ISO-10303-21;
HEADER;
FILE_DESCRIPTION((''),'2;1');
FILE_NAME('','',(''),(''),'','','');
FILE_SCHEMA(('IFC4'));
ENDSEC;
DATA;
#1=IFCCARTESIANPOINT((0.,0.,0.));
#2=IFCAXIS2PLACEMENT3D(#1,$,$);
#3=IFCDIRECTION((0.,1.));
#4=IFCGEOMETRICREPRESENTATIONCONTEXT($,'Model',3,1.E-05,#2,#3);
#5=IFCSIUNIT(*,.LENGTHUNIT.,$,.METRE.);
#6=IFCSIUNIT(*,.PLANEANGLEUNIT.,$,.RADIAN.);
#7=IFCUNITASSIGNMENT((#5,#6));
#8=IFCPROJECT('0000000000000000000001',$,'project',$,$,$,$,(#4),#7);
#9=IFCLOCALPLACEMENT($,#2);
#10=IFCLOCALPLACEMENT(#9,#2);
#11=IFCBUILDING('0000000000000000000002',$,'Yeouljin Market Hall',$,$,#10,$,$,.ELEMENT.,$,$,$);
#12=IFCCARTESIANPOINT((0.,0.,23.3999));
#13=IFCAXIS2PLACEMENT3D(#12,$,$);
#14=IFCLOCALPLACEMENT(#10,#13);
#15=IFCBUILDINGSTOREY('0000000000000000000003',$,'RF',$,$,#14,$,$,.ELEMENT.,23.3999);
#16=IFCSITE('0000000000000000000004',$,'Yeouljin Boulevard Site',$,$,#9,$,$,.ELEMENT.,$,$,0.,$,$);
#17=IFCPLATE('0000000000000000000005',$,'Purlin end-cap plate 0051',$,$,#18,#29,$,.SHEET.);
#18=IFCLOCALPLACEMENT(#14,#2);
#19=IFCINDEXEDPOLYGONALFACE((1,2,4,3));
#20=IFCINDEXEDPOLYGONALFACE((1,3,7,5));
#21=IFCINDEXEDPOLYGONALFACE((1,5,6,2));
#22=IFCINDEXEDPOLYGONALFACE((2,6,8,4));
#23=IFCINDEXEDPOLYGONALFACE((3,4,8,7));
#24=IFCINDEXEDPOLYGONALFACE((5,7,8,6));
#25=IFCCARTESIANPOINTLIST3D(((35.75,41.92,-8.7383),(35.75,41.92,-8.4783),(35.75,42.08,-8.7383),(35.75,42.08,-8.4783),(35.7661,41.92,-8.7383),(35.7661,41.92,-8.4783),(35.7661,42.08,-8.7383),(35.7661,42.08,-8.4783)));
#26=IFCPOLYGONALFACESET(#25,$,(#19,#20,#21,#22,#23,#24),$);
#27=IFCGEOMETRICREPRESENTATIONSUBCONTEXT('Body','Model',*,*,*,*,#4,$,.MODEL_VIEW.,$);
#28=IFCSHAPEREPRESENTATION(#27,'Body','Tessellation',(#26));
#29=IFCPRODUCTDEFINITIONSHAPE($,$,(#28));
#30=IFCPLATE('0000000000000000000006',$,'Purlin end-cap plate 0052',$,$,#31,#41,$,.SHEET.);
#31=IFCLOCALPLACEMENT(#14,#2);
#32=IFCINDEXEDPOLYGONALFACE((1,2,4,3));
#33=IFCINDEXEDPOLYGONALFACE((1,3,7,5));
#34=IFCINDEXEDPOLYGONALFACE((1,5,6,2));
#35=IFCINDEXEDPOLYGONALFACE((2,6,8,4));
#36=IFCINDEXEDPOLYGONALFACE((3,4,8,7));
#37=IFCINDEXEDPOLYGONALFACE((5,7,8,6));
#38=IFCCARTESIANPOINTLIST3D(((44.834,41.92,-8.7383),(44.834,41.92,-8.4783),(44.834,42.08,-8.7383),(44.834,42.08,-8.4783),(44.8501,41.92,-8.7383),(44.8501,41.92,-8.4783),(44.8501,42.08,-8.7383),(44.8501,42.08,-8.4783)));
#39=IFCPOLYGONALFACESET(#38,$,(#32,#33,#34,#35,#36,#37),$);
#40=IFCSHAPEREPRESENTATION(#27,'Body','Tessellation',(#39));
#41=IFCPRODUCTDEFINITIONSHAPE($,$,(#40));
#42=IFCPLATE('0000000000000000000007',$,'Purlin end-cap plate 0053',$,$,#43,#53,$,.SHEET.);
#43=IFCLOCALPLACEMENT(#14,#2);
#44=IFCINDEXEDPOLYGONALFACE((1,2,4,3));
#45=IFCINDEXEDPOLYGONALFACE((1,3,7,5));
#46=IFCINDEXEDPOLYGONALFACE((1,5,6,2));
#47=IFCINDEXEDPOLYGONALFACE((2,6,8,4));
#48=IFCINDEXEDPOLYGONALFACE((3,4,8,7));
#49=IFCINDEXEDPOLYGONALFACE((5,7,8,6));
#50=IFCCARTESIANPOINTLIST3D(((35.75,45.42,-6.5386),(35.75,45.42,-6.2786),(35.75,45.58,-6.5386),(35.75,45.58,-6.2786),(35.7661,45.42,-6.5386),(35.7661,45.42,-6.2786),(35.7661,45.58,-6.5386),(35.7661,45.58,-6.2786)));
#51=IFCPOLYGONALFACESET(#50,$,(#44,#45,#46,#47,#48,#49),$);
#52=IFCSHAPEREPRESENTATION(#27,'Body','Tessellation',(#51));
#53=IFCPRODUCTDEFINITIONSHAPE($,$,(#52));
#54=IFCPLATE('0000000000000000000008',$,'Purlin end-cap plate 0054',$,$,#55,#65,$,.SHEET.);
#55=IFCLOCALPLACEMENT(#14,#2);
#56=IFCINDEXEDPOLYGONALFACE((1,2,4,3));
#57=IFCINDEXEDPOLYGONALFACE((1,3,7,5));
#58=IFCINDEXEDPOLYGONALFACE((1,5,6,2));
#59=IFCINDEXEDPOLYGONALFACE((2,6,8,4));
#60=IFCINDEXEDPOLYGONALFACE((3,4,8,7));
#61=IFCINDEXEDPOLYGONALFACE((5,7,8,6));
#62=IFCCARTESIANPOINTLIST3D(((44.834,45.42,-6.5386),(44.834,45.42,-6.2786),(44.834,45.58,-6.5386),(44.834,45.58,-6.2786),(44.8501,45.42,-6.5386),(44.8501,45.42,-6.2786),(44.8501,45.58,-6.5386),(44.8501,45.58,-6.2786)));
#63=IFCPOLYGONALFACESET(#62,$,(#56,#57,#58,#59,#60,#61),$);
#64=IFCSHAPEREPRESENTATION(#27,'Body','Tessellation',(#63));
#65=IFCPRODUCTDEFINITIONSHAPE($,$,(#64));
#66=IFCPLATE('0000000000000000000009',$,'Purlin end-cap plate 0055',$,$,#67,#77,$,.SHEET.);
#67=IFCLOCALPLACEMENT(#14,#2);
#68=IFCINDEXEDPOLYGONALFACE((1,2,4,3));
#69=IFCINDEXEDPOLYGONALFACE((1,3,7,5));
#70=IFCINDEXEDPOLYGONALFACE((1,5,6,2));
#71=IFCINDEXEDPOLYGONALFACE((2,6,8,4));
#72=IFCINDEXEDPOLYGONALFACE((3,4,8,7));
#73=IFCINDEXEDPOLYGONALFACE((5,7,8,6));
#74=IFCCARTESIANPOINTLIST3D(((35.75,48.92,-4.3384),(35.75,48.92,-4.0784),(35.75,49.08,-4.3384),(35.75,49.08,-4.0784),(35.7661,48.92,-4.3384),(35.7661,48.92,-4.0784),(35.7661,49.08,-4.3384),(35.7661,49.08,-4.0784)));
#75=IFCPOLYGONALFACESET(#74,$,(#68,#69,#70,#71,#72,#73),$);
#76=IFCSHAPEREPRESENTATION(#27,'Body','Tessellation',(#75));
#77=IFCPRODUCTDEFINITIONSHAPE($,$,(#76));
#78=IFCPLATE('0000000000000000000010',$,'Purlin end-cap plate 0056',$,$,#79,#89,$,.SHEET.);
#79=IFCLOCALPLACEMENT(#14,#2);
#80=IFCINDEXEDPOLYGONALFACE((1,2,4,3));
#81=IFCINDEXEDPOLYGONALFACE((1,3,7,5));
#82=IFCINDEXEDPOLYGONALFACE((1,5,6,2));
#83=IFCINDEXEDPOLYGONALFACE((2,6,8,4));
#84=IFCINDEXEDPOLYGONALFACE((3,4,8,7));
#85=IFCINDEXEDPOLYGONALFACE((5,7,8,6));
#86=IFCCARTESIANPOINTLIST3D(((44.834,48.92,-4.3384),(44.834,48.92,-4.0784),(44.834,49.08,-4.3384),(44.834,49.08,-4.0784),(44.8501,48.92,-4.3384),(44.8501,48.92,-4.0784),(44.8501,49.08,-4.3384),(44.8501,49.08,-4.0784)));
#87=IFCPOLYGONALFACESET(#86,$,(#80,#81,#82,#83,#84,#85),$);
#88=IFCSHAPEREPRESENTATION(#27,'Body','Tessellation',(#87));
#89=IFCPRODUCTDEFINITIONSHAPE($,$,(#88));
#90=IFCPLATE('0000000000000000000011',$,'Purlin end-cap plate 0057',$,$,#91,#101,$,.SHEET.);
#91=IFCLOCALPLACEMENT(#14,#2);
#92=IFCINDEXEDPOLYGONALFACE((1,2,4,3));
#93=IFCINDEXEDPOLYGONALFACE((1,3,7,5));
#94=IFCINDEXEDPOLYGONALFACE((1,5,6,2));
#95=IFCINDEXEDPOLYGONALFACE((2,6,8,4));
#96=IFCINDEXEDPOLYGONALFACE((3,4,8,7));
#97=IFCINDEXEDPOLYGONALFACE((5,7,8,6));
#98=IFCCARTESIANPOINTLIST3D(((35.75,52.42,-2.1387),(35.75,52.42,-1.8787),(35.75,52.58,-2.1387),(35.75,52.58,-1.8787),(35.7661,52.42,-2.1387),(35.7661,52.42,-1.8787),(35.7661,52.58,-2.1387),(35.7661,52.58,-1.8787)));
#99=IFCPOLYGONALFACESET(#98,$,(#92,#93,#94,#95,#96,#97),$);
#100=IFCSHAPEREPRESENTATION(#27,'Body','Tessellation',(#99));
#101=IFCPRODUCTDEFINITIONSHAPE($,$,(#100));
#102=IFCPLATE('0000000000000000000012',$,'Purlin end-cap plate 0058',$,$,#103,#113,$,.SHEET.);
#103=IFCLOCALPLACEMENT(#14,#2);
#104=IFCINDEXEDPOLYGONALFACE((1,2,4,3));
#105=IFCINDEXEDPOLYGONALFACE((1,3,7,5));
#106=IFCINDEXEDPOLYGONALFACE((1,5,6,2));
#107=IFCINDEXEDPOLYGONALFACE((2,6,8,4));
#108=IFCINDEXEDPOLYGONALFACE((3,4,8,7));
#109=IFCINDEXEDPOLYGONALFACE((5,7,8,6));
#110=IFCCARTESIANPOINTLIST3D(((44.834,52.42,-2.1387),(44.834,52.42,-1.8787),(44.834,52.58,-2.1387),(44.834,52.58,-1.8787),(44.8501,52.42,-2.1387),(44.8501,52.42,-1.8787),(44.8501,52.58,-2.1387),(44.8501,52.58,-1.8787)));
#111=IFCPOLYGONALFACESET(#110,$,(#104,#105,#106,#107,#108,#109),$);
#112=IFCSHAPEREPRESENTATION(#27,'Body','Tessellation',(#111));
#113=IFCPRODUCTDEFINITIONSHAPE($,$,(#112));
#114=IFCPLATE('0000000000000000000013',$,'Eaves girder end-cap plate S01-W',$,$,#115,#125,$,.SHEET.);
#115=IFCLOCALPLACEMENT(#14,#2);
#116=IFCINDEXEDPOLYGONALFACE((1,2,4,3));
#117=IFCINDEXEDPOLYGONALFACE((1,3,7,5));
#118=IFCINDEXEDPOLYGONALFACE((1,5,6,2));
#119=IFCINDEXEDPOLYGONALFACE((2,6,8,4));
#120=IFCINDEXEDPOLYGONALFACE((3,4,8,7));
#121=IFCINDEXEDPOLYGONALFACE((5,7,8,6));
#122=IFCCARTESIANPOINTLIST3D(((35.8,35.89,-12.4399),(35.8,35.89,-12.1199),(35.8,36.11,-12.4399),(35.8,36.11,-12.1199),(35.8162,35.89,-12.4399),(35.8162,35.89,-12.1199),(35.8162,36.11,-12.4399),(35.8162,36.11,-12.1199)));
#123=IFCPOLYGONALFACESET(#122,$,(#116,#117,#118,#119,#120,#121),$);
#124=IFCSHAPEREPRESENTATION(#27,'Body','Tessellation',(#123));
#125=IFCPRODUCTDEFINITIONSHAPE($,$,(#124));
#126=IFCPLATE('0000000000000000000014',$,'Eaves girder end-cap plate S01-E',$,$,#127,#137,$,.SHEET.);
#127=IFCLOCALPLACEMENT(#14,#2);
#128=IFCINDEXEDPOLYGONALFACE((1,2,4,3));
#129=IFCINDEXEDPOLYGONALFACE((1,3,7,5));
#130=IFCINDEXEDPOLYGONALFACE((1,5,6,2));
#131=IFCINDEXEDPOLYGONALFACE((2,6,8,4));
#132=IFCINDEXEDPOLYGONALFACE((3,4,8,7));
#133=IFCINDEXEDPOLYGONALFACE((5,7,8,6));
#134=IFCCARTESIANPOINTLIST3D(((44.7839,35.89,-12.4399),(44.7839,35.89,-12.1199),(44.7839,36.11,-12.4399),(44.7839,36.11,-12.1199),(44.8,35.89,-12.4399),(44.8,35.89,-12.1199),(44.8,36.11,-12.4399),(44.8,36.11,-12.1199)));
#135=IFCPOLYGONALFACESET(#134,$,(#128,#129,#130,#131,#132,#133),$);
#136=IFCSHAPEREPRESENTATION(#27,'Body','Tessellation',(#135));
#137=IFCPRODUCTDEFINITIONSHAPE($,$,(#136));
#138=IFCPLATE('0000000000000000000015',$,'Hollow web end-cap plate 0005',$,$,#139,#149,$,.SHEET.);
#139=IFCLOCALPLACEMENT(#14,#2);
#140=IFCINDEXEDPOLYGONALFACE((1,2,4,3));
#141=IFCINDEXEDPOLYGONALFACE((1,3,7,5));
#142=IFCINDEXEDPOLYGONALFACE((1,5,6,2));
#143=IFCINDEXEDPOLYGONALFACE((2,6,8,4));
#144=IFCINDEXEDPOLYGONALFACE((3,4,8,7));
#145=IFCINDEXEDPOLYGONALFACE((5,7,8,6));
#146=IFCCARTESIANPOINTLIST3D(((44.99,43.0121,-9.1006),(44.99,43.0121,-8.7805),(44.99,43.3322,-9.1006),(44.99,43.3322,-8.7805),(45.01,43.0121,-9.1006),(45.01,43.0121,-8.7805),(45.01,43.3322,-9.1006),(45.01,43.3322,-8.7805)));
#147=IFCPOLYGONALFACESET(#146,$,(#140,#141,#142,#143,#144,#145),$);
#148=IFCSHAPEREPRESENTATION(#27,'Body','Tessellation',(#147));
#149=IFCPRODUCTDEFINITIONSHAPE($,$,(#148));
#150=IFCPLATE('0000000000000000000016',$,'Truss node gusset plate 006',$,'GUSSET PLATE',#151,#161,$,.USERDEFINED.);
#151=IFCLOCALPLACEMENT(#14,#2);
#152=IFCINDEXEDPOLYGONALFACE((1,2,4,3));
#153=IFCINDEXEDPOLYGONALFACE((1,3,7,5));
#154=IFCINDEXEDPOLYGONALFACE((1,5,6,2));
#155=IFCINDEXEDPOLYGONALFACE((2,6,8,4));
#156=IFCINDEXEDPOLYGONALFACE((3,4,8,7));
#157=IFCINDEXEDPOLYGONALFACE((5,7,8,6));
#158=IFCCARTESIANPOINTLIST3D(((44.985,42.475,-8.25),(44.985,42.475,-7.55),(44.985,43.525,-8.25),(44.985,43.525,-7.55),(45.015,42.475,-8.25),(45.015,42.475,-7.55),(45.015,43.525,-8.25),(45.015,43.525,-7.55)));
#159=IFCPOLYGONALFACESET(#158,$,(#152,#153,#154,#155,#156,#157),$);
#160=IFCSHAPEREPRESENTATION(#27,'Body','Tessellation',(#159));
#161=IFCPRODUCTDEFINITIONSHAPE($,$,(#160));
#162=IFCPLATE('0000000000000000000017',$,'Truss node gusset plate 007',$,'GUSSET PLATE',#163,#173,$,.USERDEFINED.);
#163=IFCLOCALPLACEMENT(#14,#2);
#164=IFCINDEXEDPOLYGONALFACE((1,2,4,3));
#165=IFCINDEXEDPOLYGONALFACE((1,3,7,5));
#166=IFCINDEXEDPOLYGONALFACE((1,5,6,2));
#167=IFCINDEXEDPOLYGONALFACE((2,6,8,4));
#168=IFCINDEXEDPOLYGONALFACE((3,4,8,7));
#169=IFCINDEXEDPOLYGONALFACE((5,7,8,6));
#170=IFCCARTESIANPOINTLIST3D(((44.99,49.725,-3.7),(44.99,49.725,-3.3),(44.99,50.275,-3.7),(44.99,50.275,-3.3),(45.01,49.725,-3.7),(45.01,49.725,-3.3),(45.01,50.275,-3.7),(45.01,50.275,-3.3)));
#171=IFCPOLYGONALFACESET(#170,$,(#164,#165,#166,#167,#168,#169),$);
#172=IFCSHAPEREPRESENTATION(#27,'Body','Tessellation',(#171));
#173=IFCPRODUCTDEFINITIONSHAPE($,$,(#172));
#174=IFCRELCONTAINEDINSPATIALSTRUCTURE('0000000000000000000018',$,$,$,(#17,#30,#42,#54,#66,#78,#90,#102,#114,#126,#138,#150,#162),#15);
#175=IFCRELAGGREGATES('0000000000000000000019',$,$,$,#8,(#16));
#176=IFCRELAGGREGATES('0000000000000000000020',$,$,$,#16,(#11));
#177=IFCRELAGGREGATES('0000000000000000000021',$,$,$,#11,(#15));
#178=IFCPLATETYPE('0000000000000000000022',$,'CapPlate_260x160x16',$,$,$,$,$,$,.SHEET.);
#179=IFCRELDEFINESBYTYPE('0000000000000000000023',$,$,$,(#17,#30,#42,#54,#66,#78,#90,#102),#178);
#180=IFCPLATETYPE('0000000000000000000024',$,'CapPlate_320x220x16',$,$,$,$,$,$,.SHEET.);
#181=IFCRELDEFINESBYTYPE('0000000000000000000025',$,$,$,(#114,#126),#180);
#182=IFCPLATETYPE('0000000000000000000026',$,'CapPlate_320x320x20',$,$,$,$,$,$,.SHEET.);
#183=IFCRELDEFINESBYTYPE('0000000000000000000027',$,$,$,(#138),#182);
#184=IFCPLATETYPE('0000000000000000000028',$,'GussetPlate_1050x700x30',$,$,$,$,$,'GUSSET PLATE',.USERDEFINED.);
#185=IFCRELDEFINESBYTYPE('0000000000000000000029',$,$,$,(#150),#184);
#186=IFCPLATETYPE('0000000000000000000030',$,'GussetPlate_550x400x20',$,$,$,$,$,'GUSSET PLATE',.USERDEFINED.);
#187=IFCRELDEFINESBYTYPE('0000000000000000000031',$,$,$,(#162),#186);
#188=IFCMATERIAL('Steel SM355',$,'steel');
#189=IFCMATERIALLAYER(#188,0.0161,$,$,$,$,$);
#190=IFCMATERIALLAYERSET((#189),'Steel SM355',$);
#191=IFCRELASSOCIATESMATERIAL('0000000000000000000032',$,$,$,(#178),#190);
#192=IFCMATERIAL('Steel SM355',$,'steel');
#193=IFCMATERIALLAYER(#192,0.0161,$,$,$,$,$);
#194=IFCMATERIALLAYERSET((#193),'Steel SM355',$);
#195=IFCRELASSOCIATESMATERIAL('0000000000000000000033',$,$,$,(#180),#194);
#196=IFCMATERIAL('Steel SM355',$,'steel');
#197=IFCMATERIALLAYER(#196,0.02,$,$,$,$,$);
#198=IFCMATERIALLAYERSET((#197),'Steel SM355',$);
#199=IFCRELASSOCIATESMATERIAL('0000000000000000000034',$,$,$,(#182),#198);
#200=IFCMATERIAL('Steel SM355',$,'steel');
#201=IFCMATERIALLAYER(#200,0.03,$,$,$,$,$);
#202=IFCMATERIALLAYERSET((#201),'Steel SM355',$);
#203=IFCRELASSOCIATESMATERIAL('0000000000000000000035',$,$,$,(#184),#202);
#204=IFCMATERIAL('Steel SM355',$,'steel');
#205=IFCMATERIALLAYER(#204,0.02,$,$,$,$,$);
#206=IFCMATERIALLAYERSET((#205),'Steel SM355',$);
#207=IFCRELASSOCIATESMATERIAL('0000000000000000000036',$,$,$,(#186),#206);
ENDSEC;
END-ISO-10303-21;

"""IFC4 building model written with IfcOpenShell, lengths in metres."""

from ifc_helpers import new_model, si_unit, direction, frame, origin, origin_2d, place, context, subcontext, project, spatial, rectangle, extrude, material, layer, layer_set, type_object, element, save


model = new_model("IFC4")

# Units and contexts
model_context = context("Model", 3, precision=1e-05, world=origin(), true_north=direction((0.0, 1.0)))
body_context = subcontext(model_context, "Body", "Model", "MODEL_VIEW")
ifc_project = project(units=[si_unit("LENGTHUNIT", "METRE"), si_unit("PLANEANGLEUNIT", "RADIAN")], contexts=[model_context])

# Site, building, storey
site_placement = place(None, origin())
site = spatial("IfcSite", under=ifc_project, at=site_placement, Name="Yeouljin Boulevard Site", CompositionType="ELEMENT", RefElevation=0.0)
building_placement = place(site_placement, origin())
building = spatial("IfcBuilding", under=site, at=building_placement, Name="Yeouljin Market Hall", CompositionType="ELEMENT")
storey_placement = place(building_placement, frame((0.0, 0.0, 23.3999)))
storey = spatial("IfcBuildingStorey", under=building, at=storey_placement, Name="RF", CompositionType="ELEMENT", Elevation=23.3999)

# Plates
ifc_material_1 = material(Name="Steel SM355", Category="steel")
ifc_layer_1 = layer(ifc_material_1, 0.0161)
ifc_layer_set_1 = layer_set([ifc_layer_1], Name="Steel SM355")
plate_type_1 = type_object("IfcPlateType", Name="CapPlate_260x160x16", PredefinedType="SHEET", material=ifc_layer_set_1)
for number, where, z_axis, x_axis, name in (
    (1, (35.7581, 42.0, -8.7383), (0.0, 0.0, 1.0), (0.0, 1.0, 0.0), "Purlin end-cap plate 0051"),
    (2, (44.842, 42.0, -8.7383), (0.0, 0.0, 1.0), (0.0, 1.0, 0.0), "Purlin end-cap plate 0052"),
    (3, (35.7581, 45.5, -6.5386), (0.0, 0.0, 1.0), (0.0, 1.0, 0.0), "Purlin end-cap plate 0053"),
    (4, (44.842, 45.5, -6.5386), (0.0, 0.0, 1.0), (0.0, 1.0, 0.0), "Purlin end-cap plate 0054"),
    (5, (35.7581, 49.0, -4.3384), (0.0, 0.0, 1.0), (0.0, 1.0, 0.0), "Purlin end-cap plate 0055"),
    (6, (44.842, 49.0, -4.3384), (0.0, 0.0, 1.0), (0.0, 1.0, 0.0), "Purlin end-cap plate 0056"),
    (7, (35.7581, 52.5, -2.1387), (0.0, 0.0, 1.0), (0.0, 1.0, 0.0), "Purlin end-cap plate 0057"),
    (8, (44.842, 52.5, -2.1387), (0.0, 0.0, 1.0), (0.0, 1.0, 0.0), "Purlin end-cap plate 0058"),
):
    element("IfcPlate", number, at=place(storey_placement, frame(where, z_axis=z_axis, x_axis=x_axis)), inside=storey, type_object=plate_type_1, Name=name, PredefinedType="SHEET", context=body_context, shape_type="SweptSolid", body=[
        extrude(rectangle(XDim=0.1599, YDim=0.0161, at=origin_2d()), origin(), (0.0, 0.0, 1.0), 0.26),
    ])
ifc_material_2 = material(Name="Steel SM355", Category="steel")
ifc_layer_2 = layer(ifc_material_2, 0.0161)
ifc_layer_set_2 = layer_set([ifc_layer_2], Name="Steel SM355")
plate_type_2 = type_object("IfcPlateType", Name="CapPlate_320x220x16", PredefinedType="SHEET", material=ifc_layer_set_2)
for number, where, z_axis, x_axis, name in (
    (9, (35.8081, 36.0, -12.4399), (0.0, 0.0, 1.0), (0.0, 1.0, 0.0), "Eaves girder end-cap plate S01-W"),
    (10, (44.792, 36.0, -12.4399), (0.0, 0.0, 1.0), (0.0, 1.0, 0.0), "Eaves girder end-cap plate S01-E"),
):
    element("IfcPlate", number, at=place(storey_placement, frame(where, z_axis=z_axis, x_axis=x_axis)), inside=storey, type_object=plate_type_2, Name=name, PredefinedType="SHEET", context=body_context, shape_type="SweptSolid", body=[
        extrude(rectangle(XDim=0.22, YDim=0.0161, at=origin_2d()), origin(), (0.0, 0.0, 1.0), 0.3201),
    ])
ifc_material_3 = material(Name="Steel SM355", Category="steel")
ifc_layer_3 = layer(ifc_material_3, 0.02)
ifc_layer_set_3 = layer_set([ifc_layer_3], Name="Steel SM355")
plate_type_3 = type_object("IfcPlateType", Name="CapPlate_320x320x20", PredefinedType="SHEET", material=ifc_layer_set_3)
plate_1_placement = place(storey_placement, frame((45.0, 43.1721, -9.1006), z_axis=(0.0, 0.0, 1.0), x_axis=(0.0, 1.0, 0.0)))
element("IfcPlate", 11, at=plate_1_placement, inside=storey, type_object=plate_type_3, Name="Hollow web end-cap plate 0005", PredefinedType="SHEET", context=body_context, shape_type="SweptSolid", body=[
    extrude(rectangle(XDim=0.3201, YDim=0.02, at=origin_2d()), origin(), (0.0, 0.0, 1.0), 0.3201),
])
ifc_material_4 = material(Name="Steel SM355", Category="steel")
ifc_layer_4 = layer(ifc_material_4, 0.03)
ifc_layer_set_4 = layer_set([ifc_layer_4], Name="Steel SM355")
plate_type_4 = type_object("IfcPlateType", Name="GussetPlate_1050x700x30", ElementType="GUSSET PLATE", PredefinedType="USERDEFINED", material=ifc_layer_set_4)
plate_2_placement = place(storey_placement, frame((45.0, 43.0, -8.25), z_axis=(0.0, 0.0, 1.0), x_axis=(0.0, 1.0, 0.0)))
element("IfcPlate", 12, at=plate_2_placement, inside=storey, type_object=plate_type_4, Name="Truss node gusset plate 006", ObjectType="GUSSET PLATE", PredefinedType="USERDEFINED", context=body_context, shape_type="SweptSolid", body=[
    extrude(rectangle(XDim=1.05, YDim=0.03, at=origin_2d()), origin(), (0.0, 0.0, 1.0), 0.7),
])
ifc_material_5 = material(Name="Steel SM355", Category="steel")
ifc_layer_5 = layer(ifc_material_5, 0.02)
ifc_layer_set_5 = layer_set([ifc_layer_5], Name="Steel SM355")
plate_type_5 = type_object("IfcPlateType", Name="GussetPlate_550x400x20", ElementType="GUSSET PLATE", PredefinedType="USERDEFINED", material=ifc_layer_set_5)
plate_3_placement = place(storey_placement, frame((45.0, 50.0, -3.7), z_axis=(0.0, 0.0, 1.0), x_axis=(0.0, 1.0, 0.0)))
element("IfcPlate", 13, at=plate_3_placement, inside=storey, type_object=plate_type_5, Name="Truss node gusset plate 007", ObjectType="GUSSET PLATE", PredefinedType="USERDEFINED", context=body_context, shape_type="SweptSolid", body=[
    extrude(rectangle(XDim=0.55, YDim=0.02, at=origin_2d()), origin(), (0.0, 0.0, 1.0), 0.3999),
])

save(model, "model.ifc")
